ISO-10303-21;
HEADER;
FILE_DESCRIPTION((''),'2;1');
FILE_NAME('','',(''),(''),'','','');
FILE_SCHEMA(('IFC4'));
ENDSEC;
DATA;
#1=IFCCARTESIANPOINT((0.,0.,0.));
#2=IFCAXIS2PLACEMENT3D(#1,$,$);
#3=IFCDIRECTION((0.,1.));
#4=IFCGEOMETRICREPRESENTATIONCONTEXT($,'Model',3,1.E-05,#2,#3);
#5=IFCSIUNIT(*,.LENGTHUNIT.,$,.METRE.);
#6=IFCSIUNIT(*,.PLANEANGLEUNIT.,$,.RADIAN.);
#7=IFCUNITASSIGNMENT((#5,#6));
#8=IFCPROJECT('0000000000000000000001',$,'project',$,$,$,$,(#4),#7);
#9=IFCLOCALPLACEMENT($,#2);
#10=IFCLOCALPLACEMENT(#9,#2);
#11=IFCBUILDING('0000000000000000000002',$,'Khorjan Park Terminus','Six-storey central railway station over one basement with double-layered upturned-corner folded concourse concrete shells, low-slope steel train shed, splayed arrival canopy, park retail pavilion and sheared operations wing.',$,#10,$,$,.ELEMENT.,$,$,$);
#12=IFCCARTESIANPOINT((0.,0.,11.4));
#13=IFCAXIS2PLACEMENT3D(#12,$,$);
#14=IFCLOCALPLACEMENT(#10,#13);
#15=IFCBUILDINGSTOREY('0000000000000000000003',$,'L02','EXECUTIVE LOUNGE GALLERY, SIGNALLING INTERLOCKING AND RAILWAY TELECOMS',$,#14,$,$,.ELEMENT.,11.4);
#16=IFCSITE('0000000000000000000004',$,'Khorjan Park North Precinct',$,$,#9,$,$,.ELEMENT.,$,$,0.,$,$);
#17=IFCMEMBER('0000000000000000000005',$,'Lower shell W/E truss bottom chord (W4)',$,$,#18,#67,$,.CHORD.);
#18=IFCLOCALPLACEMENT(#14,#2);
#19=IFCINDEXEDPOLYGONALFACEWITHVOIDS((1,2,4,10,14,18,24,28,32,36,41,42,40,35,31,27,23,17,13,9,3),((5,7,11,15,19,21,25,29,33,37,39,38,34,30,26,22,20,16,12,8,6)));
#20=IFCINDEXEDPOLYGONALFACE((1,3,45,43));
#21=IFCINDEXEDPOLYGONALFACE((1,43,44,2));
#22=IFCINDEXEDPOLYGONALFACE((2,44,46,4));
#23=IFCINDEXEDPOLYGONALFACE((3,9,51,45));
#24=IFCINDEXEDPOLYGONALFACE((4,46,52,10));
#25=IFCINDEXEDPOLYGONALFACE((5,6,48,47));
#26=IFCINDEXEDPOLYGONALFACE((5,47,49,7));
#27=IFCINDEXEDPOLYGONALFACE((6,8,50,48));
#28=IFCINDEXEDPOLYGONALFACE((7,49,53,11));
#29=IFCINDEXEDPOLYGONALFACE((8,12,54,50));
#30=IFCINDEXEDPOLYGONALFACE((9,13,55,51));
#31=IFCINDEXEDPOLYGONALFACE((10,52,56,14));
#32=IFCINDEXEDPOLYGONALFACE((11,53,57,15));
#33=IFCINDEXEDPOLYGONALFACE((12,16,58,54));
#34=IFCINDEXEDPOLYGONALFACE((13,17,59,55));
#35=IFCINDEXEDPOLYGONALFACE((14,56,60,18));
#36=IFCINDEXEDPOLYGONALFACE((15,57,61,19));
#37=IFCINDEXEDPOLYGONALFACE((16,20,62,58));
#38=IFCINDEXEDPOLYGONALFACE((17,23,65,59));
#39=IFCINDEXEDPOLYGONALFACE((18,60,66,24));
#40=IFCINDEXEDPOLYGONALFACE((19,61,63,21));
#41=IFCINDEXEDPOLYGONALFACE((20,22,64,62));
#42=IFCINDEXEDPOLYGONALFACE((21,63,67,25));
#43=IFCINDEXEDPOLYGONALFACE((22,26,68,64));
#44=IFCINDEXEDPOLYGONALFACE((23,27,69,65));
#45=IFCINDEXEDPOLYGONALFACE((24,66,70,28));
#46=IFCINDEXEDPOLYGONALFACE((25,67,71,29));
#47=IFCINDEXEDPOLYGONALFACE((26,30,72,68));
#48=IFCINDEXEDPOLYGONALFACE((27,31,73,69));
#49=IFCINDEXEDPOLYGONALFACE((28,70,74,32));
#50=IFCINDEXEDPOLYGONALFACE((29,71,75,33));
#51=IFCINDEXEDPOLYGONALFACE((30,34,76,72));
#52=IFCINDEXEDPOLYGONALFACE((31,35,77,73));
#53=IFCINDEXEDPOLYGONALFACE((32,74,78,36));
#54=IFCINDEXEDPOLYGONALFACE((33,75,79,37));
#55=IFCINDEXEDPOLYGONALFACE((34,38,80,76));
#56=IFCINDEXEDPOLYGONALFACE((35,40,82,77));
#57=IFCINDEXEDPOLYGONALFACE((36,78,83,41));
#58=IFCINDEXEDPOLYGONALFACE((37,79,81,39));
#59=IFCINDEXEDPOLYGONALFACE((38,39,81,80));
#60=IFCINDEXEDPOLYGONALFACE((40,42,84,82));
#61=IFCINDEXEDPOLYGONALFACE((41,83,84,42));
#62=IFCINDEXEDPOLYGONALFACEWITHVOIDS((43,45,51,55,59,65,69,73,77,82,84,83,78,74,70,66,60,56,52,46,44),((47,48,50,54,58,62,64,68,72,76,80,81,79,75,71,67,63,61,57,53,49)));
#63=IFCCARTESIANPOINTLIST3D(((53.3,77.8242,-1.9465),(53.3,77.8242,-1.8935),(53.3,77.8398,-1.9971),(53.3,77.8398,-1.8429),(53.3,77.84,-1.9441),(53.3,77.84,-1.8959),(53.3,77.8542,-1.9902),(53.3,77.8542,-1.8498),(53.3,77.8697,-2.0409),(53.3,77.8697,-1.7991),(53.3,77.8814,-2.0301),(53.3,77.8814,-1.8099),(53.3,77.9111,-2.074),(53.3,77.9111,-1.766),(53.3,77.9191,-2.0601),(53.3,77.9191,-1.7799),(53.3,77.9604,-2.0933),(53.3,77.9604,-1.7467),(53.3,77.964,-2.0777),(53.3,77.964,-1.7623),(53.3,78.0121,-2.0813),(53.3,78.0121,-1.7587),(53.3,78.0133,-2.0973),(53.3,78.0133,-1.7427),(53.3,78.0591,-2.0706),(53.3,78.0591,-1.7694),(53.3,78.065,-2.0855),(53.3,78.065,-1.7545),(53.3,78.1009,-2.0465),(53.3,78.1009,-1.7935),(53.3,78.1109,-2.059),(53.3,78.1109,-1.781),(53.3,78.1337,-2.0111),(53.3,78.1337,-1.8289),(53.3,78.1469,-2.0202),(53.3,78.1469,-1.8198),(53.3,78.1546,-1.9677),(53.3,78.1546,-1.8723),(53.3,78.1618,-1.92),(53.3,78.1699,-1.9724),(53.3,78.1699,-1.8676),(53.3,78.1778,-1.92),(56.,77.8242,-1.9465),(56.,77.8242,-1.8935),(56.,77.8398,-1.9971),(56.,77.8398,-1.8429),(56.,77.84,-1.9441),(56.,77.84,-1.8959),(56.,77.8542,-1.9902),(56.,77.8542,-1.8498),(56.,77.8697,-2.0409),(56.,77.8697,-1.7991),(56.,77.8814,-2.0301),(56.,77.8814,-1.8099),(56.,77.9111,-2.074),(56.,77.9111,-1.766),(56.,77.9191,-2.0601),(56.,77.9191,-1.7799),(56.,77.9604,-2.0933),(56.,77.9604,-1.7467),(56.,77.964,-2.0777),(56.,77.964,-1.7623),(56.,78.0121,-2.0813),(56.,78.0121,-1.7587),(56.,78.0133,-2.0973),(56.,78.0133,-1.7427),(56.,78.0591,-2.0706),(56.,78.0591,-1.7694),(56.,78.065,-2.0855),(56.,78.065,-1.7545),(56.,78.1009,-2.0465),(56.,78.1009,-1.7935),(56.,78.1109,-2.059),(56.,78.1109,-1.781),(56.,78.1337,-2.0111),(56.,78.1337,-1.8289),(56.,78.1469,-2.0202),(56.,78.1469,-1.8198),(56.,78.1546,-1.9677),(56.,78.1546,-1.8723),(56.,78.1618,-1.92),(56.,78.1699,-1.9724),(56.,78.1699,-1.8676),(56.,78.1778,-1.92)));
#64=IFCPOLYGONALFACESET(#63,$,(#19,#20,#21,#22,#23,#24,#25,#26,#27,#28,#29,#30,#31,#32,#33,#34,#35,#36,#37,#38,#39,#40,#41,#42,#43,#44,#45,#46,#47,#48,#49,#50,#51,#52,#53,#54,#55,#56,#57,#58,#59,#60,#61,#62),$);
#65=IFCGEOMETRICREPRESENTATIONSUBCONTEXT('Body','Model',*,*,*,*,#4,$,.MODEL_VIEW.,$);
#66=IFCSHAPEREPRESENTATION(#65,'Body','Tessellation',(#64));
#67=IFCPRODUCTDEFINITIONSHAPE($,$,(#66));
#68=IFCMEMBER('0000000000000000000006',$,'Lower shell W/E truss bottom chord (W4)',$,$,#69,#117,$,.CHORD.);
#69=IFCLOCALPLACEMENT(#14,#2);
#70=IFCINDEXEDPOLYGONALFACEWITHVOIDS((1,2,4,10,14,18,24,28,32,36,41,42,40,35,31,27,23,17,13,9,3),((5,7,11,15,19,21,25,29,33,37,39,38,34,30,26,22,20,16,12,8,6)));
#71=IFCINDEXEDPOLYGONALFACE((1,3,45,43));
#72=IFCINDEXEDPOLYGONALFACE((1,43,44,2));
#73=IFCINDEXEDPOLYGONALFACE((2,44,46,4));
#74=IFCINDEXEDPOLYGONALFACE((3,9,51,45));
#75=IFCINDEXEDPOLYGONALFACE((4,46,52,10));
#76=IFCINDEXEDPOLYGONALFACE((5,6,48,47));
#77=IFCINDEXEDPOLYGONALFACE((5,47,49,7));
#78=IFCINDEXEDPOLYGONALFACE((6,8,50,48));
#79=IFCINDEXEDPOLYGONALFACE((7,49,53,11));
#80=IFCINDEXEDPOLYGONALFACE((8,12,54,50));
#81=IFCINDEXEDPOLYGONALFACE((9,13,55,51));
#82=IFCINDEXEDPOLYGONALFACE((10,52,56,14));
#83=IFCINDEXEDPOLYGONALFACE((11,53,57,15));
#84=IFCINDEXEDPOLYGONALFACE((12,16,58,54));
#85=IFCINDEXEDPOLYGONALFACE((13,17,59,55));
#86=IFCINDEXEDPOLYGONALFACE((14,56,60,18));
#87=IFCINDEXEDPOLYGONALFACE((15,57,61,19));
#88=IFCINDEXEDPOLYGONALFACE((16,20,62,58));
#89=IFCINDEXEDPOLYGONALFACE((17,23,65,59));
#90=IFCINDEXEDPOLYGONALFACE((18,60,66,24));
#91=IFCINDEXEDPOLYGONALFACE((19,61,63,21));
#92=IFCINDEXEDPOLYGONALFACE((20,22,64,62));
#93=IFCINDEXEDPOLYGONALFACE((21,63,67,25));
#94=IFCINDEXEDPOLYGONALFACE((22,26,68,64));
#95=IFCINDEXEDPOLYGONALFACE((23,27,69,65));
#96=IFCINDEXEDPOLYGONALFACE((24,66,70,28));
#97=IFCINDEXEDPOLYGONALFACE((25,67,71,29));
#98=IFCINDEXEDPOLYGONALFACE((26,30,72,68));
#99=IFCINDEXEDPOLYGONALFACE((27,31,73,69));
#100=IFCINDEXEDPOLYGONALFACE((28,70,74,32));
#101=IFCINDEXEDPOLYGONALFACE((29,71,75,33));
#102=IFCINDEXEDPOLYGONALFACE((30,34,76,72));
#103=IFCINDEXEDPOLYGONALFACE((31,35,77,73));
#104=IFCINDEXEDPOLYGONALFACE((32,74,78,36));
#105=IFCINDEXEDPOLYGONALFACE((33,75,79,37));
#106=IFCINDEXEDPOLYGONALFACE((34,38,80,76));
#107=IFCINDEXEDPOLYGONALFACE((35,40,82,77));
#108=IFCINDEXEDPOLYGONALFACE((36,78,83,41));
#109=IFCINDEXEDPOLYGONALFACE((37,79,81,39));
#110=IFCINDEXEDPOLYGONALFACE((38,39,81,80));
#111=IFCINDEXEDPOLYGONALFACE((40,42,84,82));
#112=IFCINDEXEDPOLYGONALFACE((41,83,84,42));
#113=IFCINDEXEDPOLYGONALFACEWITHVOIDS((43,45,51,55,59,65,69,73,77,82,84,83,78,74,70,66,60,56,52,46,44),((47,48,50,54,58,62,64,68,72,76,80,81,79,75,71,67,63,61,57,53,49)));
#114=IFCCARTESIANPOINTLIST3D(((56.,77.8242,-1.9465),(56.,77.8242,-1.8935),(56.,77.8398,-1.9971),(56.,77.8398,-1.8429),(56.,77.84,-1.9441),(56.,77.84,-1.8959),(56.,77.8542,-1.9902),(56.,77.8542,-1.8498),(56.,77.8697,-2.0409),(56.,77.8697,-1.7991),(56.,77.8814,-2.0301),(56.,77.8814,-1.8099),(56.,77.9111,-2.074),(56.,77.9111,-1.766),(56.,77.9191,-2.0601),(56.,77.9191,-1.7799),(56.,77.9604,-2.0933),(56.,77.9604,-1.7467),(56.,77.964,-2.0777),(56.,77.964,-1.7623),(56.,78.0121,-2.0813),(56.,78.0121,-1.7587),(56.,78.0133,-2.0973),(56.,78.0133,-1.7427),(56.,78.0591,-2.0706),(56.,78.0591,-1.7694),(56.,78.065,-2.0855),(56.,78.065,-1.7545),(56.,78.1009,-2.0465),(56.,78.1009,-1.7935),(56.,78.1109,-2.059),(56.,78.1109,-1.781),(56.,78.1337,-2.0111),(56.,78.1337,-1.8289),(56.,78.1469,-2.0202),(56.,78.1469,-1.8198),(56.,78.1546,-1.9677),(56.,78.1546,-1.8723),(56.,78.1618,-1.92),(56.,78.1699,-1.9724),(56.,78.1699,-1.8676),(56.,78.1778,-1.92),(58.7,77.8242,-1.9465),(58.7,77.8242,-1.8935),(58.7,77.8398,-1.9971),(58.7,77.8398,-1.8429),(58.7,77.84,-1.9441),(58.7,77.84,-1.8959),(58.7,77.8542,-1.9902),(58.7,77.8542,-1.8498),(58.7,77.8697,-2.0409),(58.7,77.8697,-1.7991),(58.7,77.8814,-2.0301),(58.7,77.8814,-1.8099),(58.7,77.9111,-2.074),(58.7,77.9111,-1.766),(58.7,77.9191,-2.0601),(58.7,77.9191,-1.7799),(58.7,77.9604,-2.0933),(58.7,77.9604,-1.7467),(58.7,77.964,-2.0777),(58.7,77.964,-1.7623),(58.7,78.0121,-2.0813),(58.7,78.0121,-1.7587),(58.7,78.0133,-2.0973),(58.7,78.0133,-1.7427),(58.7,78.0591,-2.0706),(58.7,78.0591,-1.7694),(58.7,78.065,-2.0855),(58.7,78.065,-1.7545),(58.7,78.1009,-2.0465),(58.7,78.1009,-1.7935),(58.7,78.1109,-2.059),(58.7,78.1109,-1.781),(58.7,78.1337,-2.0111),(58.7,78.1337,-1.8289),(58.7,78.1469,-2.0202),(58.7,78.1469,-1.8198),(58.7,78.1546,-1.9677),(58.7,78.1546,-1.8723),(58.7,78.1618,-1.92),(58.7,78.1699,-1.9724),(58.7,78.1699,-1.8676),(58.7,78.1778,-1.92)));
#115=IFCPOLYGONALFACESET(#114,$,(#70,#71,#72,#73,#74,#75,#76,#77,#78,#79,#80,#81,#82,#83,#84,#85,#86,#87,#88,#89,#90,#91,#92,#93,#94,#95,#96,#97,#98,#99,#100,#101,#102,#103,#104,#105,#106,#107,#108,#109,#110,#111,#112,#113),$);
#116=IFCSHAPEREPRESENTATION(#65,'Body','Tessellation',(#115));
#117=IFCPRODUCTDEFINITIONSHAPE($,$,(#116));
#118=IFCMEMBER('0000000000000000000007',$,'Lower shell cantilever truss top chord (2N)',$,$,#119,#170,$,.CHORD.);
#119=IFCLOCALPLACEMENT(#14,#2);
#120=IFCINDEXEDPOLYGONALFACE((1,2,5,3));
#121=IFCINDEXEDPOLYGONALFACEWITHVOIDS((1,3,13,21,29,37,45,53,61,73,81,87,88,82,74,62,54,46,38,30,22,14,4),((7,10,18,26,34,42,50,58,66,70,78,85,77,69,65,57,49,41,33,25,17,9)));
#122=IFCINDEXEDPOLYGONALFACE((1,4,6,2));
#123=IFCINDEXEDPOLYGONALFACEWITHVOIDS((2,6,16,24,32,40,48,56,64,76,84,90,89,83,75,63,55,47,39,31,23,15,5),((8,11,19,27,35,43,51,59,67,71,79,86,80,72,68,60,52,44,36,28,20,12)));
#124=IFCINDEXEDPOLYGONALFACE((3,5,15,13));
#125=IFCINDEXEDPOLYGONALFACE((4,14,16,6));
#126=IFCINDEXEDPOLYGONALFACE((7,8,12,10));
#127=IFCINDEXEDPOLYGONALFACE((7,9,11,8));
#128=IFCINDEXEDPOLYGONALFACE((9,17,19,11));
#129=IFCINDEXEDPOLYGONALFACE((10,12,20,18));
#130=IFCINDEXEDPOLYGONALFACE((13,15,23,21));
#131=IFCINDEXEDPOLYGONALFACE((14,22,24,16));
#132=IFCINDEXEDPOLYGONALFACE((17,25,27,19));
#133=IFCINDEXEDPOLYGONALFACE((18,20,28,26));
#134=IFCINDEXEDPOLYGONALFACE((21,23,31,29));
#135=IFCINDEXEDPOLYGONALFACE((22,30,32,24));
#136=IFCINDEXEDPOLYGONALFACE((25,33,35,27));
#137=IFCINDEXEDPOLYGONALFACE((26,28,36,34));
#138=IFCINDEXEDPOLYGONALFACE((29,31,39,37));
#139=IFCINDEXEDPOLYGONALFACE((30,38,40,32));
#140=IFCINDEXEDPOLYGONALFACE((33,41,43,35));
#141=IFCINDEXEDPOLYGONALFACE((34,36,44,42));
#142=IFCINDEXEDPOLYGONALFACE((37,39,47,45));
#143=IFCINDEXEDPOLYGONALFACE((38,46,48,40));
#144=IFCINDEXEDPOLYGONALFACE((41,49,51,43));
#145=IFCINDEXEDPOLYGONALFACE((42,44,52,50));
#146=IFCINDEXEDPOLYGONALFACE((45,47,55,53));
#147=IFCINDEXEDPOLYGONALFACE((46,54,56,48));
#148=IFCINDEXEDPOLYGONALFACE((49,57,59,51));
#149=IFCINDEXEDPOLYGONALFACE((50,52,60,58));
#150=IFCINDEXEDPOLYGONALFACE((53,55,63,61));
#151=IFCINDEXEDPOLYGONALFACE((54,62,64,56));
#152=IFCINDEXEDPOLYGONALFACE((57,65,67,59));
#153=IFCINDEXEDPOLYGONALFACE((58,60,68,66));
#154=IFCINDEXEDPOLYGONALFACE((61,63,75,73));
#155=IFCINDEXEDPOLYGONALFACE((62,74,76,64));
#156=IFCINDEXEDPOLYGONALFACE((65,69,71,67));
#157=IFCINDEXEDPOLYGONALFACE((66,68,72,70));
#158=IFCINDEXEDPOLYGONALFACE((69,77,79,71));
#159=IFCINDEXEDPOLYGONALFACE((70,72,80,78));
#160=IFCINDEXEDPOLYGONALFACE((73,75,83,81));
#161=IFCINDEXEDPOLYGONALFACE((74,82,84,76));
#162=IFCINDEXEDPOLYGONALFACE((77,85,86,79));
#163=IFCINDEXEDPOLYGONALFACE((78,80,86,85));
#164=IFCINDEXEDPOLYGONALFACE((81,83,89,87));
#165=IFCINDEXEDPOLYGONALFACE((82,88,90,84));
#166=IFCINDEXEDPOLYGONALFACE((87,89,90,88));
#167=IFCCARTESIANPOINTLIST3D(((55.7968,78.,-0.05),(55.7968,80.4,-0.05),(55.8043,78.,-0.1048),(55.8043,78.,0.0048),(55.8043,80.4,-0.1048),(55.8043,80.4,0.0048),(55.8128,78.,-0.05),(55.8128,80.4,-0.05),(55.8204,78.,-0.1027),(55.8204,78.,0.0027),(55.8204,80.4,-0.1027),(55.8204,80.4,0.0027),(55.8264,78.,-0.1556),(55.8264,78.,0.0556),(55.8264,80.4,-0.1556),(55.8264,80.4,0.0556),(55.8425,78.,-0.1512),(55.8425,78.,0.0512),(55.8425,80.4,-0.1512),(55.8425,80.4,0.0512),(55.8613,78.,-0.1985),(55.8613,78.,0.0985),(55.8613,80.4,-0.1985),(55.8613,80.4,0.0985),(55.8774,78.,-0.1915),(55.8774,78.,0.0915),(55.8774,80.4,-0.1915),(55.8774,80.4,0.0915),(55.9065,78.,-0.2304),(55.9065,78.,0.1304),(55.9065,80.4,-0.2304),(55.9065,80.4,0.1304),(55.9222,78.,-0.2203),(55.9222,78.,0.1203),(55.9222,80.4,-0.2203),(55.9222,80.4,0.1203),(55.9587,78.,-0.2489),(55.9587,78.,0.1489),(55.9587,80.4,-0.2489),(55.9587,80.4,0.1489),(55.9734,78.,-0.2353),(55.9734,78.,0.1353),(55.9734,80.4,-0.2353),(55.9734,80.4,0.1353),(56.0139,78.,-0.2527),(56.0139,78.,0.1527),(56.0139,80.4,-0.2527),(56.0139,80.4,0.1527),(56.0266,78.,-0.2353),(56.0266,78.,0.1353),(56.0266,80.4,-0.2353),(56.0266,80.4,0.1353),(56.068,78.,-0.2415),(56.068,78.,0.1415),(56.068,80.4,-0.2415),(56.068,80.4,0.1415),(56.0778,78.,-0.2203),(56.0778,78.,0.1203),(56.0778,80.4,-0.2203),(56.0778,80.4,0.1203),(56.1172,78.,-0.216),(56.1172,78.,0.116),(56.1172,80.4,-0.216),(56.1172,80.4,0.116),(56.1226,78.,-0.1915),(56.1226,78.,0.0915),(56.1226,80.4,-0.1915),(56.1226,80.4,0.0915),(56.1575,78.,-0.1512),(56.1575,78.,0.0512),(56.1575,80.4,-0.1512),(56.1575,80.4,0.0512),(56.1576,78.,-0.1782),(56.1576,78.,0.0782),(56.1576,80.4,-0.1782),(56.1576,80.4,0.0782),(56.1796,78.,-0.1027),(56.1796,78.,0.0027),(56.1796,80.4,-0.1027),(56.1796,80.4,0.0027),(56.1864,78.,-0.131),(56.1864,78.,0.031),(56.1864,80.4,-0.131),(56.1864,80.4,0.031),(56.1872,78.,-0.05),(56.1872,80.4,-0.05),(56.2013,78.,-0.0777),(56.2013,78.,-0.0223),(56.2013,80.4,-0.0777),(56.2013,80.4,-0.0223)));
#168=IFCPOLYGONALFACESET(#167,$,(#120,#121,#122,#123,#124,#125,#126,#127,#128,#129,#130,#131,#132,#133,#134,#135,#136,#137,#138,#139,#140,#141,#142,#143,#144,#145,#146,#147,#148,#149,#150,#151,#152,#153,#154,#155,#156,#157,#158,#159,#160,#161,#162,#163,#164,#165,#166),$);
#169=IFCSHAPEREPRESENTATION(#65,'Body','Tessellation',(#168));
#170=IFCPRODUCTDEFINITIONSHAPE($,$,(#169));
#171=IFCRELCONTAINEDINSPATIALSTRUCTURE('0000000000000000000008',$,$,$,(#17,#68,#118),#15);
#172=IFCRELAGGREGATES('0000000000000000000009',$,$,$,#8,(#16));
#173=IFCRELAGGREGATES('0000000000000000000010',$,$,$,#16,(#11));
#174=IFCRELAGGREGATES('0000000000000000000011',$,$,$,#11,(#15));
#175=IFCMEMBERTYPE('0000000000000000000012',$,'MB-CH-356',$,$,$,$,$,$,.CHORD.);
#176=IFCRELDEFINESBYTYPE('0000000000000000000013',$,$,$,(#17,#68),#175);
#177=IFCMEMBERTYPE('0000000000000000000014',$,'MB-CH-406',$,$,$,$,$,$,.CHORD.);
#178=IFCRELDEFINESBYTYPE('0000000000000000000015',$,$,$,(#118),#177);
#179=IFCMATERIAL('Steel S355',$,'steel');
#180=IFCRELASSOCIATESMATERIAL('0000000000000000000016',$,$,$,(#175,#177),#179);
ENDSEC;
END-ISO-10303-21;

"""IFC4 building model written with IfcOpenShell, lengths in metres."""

from ifc_helpers import new_model, si_unit, direction, frame, origin, origin_2d, place, context, subcontext, project, spatial, hollow_circle, extrude, material, material_profile, profile_set, type_object, element, save


model = new_model("IFC4")

# Units and contexts
model_context = context("Model", 3, precision=1e-05, world=origin(), true_north=direction((0.0, 1.0)))
body_context = subcontext(model_context, "Body", "Model", "MODEL_VIEW")
ifc_project = project(units=[si_unit("LENGTHUNIT", "METRE"), si_unit("PLANEANGLEUNIT", "RADIAN")], contexts=[model_context])

# Site, building, storey
site_placement = place(None, origin())
site = spatial("IfcSite", under=ifc_project, at=site_placement, Name="Khorjan Park North Precinct", CompositionType="ELEMENT", RefElevation=0.0)
building_placement = place(site_placement, origin())
building = spatial("IfcBuilding", under=site, at=building_placement, Name="Khorjan Park Terminus", Description="Six-storey central railway station over one basement with double-layered upturned-corner folded concourse concrete shells, low-slope steel train shed, splayed arrival canopy, park retail pavilion and sheared operations wing.", CompositionType="ELEMENT")
storey_placement = place(building_placement, frame((0.0, 0.0, 11.4)))
storey = spatial("IfcBuildingStorey", under=building, at=storey_placement, Name="L02", Description="EXECUTIVE LOUNGE GALLERY, SIGNALLING INTERLOCKING AND RAILWAY TELECOMS", CompositionType="ELEMENT", Elevation=11.4)

# Members
ifc_material_1 = material(Name="Steel S355", Category="steel")
ifc_material_profile_1 = material_profile(ifc_material_1, hollow_circle(Radius=0.1778, WallThickness=0.016, at=origin_2d()), Name="CHS 355.6x16")
ifc_profile_set_1 = profile_set([ifc_material_profile_1], Name="Steel S355")
member_type_1 = type_object("IfcMemberType", Name="MB-CH-356", PredefinedType="CHORD", material=ifc_profile_set_1)
for number, where, z_axis, x_axis, name in (
    (1, (53.3, 78.0, -1.92), (1.0, 0.0, 0.0), (0.0, 1.0, 0.0), "Lower shell W/E truss bottom chord (W4)"),
    (2, (56.0, 78.0, -1.92), (1.0, 0.0, 0.0), (0.0, 1.0, 0.0), "Lower shell W/E truss bottom chord (W4)"),
):
    element("IfcMember", number, at=place(storey_placement, frame(where, z_axis=z_axis, x_axis=x_axis)), inside=storey, type_object=member_type_1, Name=name, PredefinedType="CHORD", context=body_context, shape_type="SweptSolid", body=[
        extrude(hollow_circle(Radius=0.1778, WallThickness=0.016, at=origin_2d()), origin(), (0.0, 0.0, 1.0), 2.7),
    ])
ifc_material_profile_2 = material_profile(ifc_material_1, hollow_circle(Radius=0.2032, WallThickness=0.016, at=origin_2d()), Name="CHS 406.4x16")
ifc_profile_set_2 = profile_set([ifc_material_profile_2], Name="Steel S355")
member_type_2 = type_object("IfcMemberType", Name="MB-CH-406", PredefinedType="CHORD", material=ifc_profile_set_2)
for number, where, z_axis, x_axis, name in (
    (3, (56.0, 78.0, -0.05), (0.0, 1.0, 0.0), (-1.0, 0.0, 0.0), "Lower shell cantilever truss top chord (2N)"),
):
    element("IfcMember", number, at=place(storey_placement, frame(where, z_axis=z_axis, x_axis=x_axis)), inside=storey, type_object=member_type_2, Name=name, PredefinedType="CHORD", context=body_context, shape_type="SweptSolid", body=[
        extrude(hollow_circle(Radius=0.2032, WallThickness=0.016, at=origin_2d()), origin(), (0.0, 0.0, 1.0), 2.4),
    ])

save(model, "model.ifc")
